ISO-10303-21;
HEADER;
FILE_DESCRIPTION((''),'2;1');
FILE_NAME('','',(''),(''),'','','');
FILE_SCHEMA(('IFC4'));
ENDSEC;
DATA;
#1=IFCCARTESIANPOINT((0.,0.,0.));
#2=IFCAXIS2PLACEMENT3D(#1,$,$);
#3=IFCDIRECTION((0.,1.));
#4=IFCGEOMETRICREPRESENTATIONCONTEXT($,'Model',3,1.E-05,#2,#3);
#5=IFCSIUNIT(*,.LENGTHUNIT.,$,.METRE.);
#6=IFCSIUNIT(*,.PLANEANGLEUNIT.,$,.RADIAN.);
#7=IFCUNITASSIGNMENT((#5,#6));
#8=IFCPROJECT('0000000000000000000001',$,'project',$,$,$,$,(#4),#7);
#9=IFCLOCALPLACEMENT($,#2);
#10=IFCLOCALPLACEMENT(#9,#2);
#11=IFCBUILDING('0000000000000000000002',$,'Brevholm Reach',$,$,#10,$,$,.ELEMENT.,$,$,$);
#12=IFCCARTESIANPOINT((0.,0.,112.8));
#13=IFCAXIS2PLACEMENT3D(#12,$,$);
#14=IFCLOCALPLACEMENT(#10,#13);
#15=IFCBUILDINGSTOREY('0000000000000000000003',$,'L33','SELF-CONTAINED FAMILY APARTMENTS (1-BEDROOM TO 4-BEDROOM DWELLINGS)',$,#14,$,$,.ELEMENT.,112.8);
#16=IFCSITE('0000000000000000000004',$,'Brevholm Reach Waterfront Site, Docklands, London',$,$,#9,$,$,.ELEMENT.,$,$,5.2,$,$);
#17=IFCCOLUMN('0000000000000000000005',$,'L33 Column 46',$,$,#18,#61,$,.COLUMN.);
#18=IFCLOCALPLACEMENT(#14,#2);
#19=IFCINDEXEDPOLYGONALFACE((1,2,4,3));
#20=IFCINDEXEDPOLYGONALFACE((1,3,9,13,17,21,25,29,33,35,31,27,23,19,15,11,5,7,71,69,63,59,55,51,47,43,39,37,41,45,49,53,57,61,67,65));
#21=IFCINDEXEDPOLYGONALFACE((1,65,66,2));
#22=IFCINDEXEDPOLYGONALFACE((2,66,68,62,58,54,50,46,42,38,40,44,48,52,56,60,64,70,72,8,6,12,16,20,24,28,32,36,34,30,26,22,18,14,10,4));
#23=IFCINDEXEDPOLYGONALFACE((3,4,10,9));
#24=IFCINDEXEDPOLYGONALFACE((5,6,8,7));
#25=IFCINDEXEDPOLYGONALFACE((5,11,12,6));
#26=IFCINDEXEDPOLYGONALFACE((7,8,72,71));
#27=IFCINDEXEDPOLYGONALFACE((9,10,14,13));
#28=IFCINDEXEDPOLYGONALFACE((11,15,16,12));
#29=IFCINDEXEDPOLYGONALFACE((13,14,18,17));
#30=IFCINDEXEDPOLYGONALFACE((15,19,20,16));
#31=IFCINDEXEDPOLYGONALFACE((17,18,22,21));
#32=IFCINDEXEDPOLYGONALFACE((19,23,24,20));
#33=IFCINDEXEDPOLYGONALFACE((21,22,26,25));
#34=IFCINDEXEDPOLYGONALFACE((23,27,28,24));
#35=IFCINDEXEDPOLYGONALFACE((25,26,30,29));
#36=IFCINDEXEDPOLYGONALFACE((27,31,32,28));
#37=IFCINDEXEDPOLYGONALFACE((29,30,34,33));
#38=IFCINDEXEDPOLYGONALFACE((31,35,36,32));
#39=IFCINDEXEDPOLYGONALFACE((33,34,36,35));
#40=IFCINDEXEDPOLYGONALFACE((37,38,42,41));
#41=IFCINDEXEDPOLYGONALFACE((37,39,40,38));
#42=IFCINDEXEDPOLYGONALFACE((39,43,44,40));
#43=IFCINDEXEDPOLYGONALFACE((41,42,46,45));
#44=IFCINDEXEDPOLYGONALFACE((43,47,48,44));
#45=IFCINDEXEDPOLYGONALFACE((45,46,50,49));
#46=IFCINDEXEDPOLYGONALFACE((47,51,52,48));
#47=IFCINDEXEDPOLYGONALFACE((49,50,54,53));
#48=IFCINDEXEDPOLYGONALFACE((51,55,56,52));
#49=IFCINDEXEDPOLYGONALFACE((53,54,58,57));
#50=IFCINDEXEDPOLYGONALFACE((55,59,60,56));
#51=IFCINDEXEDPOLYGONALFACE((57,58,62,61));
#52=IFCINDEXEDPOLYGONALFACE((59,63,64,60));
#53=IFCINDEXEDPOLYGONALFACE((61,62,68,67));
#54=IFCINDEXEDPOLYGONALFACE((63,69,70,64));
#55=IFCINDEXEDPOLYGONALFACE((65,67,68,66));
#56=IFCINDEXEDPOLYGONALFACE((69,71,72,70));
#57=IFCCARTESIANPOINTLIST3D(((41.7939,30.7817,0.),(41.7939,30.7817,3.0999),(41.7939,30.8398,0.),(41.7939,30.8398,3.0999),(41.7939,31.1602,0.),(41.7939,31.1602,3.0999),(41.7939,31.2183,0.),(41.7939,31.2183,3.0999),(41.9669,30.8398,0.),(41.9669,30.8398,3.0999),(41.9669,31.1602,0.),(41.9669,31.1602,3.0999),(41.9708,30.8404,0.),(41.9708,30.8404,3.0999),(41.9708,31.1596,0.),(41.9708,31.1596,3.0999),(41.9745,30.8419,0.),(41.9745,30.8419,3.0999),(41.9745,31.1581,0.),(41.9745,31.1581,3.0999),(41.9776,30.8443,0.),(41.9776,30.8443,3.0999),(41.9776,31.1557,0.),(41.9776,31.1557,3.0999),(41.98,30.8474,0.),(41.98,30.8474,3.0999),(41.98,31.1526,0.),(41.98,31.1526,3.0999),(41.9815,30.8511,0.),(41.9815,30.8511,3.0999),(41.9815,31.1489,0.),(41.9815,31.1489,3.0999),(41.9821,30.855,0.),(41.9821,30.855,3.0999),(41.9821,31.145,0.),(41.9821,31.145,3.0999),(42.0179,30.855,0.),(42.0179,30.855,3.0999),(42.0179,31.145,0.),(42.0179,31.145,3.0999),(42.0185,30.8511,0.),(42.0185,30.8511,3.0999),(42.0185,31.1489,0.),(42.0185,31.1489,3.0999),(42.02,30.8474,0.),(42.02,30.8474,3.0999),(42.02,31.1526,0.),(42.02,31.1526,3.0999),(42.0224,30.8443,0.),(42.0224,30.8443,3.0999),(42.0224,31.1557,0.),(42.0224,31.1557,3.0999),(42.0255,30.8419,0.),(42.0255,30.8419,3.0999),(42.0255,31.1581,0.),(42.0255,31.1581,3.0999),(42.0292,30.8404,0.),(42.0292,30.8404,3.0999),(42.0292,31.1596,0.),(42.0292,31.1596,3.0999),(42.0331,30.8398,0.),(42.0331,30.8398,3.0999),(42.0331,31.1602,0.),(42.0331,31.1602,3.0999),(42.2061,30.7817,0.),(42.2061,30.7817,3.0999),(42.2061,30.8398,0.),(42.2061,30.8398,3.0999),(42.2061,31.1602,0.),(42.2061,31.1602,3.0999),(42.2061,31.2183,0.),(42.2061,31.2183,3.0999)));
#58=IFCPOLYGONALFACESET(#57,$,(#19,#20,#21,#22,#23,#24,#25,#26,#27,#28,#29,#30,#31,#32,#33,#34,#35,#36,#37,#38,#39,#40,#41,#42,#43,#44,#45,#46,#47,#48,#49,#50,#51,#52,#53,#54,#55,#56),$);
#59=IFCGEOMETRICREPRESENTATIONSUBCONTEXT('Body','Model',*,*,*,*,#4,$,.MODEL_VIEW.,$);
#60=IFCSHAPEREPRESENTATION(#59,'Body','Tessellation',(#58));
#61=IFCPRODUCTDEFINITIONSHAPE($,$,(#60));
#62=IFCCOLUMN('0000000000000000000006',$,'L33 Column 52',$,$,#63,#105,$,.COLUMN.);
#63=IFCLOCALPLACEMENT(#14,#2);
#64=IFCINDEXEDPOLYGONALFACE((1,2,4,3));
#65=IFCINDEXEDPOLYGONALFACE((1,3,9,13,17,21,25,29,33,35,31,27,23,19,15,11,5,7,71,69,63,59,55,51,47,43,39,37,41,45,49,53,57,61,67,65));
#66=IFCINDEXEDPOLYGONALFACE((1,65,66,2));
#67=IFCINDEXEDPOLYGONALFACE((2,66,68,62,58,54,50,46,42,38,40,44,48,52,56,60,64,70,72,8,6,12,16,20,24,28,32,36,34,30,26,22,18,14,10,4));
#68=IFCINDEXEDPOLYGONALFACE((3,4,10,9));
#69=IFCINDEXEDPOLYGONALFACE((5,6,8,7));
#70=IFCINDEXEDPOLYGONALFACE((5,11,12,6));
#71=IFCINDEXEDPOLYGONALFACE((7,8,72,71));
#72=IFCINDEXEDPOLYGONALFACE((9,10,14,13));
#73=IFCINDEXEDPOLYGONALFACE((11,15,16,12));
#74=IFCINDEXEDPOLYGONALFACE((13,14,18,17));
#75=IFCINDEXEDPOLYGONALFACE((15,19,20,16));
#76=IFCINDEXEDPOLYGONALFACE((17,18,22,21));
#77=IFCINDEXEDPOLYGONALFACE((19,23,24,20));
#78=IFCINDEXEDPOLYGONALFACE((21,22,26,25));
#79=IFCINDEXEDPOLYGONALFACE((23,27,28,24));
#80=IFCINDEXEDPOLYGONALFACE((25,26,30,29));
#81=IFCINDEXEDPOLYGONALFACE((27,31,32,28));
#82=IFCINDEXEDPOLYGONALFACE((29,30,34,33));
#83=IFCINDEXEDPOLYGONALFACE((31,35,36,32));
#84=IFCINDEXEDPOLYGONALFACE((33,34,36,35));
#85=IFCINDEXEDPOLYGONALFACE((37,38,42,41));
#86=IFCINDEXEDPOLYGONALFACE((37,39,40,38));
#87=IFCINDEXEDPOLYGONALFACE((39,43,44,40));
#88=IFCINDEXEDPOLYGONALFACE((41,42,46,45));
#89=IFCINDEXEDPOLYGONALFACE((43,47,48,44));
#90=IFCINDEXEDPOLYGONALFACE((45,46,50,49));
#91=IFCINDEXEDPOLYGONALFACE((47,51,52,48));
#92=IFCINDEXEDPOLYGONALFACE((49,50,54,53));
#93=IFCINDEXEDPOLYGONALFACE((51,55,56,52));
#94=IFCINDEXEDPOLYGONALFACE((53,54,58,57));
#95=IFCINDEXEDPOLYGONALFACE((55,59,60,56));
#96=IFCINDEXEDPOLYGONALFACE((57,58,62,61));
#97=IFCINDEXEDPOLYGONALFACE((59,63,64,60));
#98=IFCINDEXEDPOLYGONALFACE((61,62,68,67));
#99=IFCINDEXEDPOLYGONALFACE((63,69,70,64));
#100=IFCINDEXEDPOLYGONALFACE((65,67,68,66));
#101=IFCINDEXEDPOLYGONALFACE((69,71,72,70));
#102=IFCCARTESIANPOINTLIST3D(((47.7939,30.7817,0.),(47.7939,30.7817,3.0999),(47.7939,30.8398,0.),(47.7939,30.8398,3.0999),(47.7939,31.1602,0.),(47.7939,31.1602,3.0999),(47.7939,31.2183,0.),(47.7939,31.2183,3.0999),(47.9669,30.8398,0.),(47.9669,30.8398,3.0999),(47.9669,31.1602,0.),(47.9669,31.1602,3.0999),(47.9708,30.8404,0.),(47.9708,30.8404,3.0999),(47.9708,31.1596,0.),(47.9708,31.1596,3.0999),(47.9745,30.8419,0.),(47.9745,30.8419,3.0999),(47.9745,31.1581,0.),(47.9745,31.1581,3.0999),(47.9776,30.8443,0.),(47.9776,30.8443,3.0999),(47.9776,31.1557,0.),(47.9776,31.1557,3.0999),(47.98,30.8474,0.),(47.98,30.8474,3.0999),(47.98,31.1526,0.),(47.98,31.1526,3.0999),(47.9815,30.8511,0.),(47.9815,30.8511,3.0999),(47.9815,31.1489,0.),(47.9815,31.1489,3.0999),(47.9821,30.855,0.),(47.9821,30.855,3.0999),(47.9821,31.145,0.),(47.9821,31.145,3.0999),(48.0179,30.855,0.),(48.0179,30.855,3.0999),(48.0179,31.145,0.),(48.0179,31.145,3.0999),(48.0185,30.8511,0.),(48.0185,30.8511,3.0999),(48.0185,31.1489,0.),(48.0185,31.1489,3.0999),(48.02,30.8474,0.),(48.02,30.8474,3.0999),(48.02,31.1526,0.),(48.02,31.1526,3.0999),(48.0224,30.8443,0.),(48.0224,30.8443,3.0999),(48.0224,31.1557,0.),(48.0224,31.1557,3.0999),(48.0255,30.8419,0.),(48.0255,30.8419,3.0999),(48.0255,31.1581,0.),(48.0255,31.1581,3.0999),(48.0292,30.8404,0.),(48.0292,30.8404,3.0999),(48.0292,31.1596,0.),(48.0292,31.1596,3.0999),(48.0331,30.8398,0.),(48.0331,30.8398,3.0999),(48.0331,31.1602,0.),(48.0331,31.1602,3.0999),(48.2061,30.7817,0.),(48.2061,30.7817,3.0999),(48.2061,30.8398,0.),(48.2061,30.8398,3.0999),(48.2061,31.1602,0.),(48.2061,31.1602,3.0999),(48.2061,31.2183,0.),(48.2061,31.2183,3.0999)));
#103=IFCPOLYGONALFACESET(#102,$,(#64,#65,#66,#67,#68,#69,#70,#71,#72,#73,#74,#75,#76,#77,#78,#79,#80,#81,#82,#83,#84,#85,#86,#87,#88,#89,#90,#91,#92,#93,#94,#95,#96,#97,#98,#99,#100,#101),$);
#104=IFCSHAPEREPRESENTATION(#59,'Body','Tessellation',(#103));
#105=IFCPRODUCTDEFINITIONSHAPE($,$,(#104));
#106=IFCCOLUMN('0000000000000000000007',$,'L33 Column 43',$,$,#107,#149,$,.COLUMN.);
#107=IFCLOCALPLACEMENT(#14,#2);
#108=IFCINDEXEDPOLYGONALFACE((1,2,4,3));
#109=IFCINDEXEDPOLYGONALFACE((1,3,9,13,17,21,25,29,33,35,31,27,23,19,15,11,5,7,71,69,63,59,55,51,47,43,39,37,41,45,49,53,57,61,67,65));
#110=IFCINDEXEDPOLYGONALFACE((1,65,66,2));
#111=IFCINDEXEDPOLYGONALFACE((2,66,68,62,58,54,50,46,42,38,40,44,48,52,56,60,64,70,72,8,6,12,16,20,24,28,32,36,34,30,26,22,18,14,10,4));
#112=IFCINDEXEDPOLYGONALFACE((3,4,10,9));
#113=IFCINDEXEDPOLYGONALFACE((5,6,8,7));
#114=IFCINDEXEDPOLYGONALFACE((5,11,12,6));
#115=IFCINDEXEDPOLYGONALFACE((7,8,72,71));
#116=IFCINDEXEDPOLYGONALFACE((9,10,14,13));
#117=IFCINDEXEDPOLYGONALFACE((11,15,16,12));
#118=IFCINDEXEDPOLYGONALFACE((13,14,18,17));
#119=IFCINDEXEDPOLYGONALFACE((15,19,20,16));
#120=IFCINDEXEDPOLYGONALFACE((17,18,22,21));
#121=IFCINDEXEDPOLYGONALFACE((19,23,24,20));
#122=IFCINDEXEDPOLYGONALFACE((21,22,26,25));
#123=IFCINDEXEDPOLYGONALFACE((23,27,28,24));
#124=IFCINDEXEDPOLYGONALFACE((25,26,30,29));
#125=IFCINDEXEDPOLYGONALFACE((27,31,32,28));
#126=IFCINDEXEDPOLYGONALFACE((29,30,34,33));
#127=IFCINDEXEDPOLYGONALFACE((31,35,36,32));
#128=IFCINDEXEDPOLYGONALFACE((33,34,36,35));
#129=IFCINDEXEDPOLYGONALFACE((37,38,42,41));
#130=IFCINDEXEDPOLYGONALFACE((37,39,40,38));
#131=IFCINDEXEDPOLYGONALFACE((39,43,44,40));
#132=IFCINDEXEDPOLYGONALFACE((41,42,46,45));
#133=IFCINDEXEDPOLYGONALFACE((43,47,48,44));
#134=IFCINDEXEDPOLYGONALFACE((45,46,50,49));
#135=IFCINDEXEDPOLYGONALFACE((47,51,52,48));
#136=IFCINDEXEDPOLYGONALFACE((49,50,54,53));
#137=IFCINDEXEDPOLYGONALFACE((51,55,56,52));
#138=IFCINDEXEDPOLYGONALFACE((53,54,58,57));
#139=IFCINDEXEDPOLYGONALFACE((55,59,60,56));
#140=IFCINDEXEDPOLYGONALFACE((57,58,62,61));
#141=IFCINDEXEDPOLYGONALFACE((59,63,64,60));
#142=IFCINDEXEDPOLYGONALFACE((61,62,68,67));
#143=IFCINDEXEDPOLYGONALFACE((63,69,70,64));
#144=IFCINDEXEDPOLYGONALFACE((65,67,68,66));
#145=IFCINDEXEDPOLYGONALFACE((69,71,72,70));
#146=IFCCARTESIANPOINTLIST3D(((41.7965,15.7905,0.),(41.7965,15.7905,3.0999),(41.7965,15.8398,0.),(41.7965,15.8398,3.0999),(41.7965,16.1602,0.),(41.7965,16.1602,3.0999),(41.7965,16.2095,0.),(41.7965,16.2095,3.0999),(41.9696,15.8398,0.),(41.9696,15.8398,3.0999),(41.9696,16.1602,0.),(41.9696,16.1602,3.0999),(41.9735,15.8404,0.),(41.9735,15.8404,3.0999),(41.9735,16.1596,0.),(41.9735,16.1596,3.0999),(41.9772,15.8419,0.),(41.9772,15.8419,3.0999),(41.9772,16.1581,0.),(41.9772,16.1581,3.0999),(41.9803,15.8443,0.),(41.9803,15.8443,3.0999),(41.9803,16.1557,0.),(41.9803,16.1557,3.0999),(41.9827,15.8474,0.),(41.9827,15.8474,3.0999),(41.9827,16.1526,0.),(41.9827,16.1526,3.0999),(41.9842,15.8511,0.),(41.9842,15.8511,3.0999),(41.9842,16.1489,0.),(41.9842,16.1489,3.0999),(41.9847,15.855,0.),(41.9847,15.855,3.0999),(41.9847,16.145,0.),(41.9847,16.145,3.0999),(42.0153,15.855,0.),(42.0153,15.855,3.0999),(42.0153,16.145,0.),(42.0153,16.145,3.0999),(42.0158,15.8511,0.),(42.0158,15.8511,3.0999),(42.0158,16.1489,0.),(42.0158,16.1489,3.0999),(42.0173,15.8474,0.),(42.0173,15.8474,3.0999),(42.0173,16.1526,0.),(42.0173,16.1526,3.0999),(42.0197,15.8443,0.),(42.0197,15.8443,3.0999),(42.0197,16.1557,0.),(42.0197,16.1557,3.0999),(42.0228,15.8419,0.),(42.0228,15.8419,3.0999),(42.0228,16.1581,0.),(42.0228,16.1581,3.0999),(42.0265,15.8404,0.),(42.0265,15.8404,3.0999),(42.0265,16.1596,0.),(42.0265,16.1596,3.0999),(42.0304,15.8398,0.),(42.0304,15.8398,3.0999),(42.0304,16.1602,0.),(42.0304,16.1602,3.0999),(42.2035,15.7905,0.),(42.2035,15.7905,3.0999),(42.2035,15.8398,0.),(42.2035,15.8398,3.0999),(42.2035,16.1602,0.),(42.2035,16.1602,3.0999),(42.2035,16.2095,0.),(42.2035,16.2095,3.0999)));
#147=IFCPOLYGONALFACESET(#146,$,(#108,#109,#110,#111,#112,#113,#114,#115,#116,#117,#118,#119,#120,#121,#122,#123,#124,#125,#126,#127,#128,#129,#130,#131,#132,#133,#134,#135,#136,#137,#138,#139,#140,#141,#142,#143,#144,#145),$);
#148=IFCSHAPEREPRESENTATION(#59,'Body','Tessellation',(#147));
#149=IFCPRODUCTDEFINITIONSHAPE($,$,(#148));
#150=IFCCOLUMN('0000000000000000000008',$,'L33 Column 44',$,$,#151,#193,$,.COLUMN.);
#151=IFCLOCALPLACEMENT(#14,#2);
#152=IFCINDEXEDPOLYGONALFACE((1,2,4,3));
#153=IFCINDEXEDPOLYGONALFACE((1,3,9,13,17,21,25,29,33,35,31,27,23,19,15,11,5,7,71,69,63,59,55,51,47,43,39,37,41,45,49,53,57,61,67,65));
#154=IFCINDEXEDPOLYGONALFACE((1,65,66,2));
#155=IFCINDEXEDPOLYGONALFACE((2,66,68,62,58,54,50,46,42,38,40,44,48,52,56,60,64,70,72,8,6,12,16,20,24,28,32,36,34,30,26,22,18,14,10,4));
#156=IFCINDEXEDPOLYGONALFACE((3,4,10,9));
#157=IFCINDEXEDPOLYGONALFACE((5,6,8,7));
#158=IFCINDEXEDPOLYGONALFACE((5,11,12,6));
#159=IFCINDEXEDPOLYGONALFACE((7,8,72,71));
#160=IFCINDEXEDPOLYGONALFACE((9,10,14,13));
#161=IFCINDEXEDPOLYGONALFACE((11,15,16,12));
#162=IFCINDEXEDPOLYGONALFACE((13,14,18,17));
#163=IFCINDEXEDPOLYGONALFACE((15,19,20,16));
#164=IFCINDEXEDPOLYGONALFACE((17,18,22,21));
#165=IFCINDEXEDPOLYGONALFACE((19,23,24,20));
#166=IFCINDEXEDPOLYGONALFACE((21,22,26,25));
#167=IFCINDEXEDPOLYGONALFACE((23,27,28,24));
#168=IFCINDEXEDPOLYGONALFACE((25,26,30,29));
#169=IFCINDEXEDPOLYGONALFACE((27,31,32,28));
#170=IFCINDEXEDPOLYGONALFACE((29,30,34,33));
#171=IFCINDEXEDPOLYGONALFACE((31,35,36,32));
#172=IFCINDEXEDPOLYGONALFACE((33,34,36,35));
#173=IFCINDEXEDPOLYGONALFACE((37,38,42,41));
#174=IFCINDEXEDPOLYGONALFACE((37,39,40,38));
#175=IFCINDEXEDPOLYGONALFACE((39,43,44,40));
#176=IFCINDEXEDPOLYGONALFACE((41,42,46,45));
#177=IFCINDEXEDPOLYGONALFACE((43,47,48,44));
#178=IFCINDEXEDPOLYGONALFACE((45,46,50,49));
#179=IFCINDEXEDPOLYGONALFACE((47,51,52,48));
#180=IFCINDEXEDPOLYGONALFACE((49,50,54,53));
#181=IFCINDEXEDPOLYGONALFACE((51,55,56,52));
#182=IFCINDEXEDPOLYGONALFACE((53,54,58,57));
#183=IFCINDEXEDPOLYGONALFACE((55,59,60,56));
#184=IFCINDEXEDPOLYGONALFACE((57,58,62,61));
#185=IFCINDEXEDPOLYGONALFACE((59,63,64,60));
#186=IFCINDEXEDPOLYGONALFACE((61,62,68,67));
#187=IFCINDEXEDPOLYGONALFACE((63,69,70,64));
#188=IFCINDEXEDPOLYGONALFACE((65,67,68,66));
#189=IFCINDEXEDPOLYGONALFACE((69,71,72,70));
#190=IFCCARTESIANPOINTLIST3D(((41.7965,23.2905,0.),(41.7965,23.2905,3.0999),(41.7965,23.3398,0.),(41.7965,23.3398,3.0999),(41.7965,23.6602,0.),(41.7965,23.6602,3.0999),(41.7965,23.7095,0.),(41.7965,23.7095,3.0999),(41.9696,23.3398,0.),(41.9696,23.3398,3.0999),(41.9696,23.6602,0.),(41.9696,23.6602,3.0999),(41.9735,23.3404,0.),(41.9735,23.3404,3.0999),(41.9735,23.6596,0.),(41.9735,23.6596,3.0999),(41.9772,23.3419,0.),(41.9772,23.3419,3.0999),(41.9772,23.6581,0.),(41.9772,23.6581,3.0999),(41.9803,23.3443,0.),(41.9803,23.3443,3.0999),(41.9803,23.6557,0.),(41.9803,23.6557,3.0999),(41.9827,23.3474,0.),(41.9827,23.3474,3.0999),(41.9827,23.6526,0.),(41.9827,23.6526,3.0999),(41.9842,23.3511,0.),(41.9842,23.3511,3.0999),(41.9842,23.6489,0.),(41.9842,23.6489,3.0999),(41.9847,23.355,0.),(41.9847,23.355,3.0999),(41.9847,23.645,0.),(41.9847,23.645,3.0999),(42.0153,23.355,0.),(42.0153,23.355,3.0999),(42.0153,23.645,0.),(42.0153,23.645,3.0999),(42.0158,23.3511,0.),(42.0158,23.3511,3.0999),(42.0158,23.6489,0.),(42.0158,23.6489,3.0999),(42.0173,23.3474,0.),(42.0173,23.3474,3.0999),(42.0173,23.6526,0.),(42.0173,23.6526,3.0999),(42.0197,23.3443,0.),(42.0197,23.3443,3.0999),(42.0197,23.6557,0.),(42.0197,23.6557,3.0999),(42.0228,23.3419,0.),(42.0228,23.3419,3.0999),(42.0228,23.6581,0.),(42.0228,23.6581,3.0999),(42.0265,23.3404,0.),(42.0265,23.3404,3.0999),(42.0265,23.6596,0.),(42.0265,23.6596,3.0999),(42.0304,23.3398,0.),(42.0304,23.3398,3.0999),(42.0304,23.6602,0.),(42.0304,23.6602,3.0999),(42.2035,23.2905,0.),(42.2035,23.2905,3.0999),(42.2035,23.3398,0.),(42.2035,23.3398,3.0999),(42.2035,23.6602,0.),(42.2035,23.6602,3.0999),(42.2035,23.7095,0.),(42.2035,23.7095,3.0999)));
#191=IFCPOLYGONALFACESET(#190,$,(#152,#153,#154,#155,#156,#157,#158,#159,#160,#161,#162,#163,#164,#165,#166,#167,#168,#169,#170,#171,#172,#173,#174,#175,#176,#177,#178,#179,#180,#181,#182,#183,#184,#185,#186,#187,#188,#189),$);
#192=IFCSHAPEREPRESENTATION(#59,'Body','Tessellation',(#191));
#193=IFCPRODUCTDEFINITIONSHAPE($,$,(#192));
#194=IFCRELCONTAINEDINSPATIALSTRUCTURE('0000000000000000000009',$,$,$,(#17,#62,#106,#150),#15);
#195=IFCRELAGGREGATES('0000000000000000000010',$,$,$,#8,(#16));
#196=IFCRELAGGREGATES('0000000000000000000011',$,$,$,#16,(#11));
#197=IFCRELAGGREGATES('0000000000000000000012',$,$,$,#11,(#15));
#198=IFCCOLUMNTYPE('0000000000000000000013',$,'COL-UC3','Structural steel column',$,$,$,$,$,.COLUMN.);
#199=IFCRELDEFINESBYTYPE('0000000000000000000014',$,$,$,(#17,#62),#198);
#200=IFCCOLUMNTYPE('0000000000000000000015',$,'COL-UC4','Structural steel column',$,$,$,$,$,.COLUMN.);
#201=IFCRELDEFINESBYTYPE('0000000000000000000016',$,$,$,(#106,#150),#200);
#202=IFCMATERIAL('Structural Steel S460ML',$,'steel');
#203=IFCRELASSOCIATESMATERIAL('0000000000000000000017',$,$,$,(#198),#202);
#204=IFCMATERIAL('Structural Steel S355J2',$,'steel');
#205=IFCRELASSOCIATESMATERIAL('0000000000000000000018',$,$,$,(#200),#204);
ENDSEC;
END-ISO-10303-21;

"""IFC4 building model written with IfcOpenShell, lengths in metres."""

from ifc_helpers import new_model, si_unit, direction, frame, origin, origin_2d, place, context, subcontext, project, spatial, i_section, extrude, material, material_profile, profile_set, type_object, element, save


model = new_model("IFC4")

# Units and contexts
model_context = context("Model", 3, precision=1e-05, world=origin(), true_north=direction((0.0, 1.0)))
body_context = subcontext(model_context, "Body", "Model", "MODEL_VIEW")
ifc_project = project(units=[si_unit("LENGTHUNIT", "METRE"), si_unit("PLANEANGLEUNIT", "RADIAN")], contexts=[model_context])

# Site, building, storey
site_placement = place(None, origin())
site = spatial("IfcSite", under=ifc_project, at=site_placement, Name="Brevholm Reach Waterfront Site, Docklands, London", CompositionType="ELEMENT", RefElevation=5.2)
building_placement = place(site_placement, origin())
building = spatial("IfcBuilding", under=site, at=building_placement, Name="Brevholm Reach", CompositionType="ELEMENT")
storey_placement = place(building_placement, frame((0.0, 0.0, 112.8)))
storey = spatial("IfcBuildingStorey", under=building, at=storey_placement, Name="L33", Description="SELF-CONTAINED FAMILY APARTMENTS (1-BEDROOM TO 4-BEDROOM DWELLINGS)", CompositionType="ELEMENT", Elevation=112.8)

# Columns
ifc_material_1 = material(Name="Structural Steel S460ML", Category="steel")
ifc_material_profile_1 = material_profile(ifc_material_1, i_section(OverallWidth=0.4121, OverallDepth=0.4365, WebThickness=0.0359, FlangeThickness=0.0581, FilletRadius=0.0151, at=origin_2d()), Name="UKC 356x406x467")
ifc_profile_set_1 = profile_set([ifc_material_profile_1], Name="Structural Steel S460ML")
column_type_1 = type_object("IfcColumnType", Name="COL-UC3", Description="Structural steel column", PredefinedType="COLUMN", material=ifc_profile_set_1)
for number, where, z_axis, x_axis, name in (
    (1, (42.0, 31.0, 0.0), (0.0, 0.0, 1.0), (1.0, 0.0, 0.0), "L33 Column 46"),
    (2, (48.0, 31.0, 0.0), (0.0, 0.0, 1.0), (1.0, 0.0, 0.0), "L33 Column 52"),
):
    element("IfcColumn", number, at=place(storey_placement, frame(where, z_axis=z_axis, x_axis=x_axis)), inside=storey, type_object=column_type_1, Name=name, PredefinedType="COLUMN", context=body_context, shape_type="SweptSolid", body=[
        extrude(i_section(OverallWidth=0.4121, OverallDepth=0.4365, WebThickness=0.0359, FlangeThickness=0.0581, FilletRadius=0.0151, at=origin_2d()), origin(), (0.0, 0.0, 1.0), 3.0999),
    ])
ifc_material_2 = material(Name="Structural Steel S355J2", Category="steel")
ifc_material_profile_2 = material_profile(ifc_material_2, i_section(OverallWidth=0.407, OverallDepth=0.4189, WebThickness=0.0305, FlangeThickness=0.0493, FilletRadius=0.0151, at=origin_2d()), Name="UKC 356x406x393")
ifc_profile_set_2 = profile_set([ifc_material_profile_2], Name="Structural Steel S355J2")
column_type_2 = type_object("IfcColumnType", Name="COL-UC4", Description="Structural steel column", PredefinedType="COLUMN", material=ifc_profile_set_2)
for number, where, z_axis, x_axis, name in (
    (3, (42.0, 16.0, 0.0), (0.0, 0.0, 1.0), (1.0, 0.0, 0.0), "L33 Column 43"),
    (4, (42.0, 23.5, 0.0), (0.0, 0.0, 1.0), (1.0, 0.0, 0.0), "L33 Column 44"),
):
    element("IfcColumn", number, at=place(storey_placement, frame(where, z_axis=z_axis, x_axis=x_axis)), inside=storey, type_object=column_type_2, Name=name, PredefinedType="COLUMN", context=body_context, shape_type="SweptSolid", body=[
        extrude(i_section(OverallWidth=0.407, OverallDepth=0.4189, WebThickness=0.0305, FlangeThickness=0.0493, FilletRadius=0.0151, at=origin_2d()), origin(), (0.0, 0.0, 1.0), 3.0999),
    ])

save(model, "model.ifc")
